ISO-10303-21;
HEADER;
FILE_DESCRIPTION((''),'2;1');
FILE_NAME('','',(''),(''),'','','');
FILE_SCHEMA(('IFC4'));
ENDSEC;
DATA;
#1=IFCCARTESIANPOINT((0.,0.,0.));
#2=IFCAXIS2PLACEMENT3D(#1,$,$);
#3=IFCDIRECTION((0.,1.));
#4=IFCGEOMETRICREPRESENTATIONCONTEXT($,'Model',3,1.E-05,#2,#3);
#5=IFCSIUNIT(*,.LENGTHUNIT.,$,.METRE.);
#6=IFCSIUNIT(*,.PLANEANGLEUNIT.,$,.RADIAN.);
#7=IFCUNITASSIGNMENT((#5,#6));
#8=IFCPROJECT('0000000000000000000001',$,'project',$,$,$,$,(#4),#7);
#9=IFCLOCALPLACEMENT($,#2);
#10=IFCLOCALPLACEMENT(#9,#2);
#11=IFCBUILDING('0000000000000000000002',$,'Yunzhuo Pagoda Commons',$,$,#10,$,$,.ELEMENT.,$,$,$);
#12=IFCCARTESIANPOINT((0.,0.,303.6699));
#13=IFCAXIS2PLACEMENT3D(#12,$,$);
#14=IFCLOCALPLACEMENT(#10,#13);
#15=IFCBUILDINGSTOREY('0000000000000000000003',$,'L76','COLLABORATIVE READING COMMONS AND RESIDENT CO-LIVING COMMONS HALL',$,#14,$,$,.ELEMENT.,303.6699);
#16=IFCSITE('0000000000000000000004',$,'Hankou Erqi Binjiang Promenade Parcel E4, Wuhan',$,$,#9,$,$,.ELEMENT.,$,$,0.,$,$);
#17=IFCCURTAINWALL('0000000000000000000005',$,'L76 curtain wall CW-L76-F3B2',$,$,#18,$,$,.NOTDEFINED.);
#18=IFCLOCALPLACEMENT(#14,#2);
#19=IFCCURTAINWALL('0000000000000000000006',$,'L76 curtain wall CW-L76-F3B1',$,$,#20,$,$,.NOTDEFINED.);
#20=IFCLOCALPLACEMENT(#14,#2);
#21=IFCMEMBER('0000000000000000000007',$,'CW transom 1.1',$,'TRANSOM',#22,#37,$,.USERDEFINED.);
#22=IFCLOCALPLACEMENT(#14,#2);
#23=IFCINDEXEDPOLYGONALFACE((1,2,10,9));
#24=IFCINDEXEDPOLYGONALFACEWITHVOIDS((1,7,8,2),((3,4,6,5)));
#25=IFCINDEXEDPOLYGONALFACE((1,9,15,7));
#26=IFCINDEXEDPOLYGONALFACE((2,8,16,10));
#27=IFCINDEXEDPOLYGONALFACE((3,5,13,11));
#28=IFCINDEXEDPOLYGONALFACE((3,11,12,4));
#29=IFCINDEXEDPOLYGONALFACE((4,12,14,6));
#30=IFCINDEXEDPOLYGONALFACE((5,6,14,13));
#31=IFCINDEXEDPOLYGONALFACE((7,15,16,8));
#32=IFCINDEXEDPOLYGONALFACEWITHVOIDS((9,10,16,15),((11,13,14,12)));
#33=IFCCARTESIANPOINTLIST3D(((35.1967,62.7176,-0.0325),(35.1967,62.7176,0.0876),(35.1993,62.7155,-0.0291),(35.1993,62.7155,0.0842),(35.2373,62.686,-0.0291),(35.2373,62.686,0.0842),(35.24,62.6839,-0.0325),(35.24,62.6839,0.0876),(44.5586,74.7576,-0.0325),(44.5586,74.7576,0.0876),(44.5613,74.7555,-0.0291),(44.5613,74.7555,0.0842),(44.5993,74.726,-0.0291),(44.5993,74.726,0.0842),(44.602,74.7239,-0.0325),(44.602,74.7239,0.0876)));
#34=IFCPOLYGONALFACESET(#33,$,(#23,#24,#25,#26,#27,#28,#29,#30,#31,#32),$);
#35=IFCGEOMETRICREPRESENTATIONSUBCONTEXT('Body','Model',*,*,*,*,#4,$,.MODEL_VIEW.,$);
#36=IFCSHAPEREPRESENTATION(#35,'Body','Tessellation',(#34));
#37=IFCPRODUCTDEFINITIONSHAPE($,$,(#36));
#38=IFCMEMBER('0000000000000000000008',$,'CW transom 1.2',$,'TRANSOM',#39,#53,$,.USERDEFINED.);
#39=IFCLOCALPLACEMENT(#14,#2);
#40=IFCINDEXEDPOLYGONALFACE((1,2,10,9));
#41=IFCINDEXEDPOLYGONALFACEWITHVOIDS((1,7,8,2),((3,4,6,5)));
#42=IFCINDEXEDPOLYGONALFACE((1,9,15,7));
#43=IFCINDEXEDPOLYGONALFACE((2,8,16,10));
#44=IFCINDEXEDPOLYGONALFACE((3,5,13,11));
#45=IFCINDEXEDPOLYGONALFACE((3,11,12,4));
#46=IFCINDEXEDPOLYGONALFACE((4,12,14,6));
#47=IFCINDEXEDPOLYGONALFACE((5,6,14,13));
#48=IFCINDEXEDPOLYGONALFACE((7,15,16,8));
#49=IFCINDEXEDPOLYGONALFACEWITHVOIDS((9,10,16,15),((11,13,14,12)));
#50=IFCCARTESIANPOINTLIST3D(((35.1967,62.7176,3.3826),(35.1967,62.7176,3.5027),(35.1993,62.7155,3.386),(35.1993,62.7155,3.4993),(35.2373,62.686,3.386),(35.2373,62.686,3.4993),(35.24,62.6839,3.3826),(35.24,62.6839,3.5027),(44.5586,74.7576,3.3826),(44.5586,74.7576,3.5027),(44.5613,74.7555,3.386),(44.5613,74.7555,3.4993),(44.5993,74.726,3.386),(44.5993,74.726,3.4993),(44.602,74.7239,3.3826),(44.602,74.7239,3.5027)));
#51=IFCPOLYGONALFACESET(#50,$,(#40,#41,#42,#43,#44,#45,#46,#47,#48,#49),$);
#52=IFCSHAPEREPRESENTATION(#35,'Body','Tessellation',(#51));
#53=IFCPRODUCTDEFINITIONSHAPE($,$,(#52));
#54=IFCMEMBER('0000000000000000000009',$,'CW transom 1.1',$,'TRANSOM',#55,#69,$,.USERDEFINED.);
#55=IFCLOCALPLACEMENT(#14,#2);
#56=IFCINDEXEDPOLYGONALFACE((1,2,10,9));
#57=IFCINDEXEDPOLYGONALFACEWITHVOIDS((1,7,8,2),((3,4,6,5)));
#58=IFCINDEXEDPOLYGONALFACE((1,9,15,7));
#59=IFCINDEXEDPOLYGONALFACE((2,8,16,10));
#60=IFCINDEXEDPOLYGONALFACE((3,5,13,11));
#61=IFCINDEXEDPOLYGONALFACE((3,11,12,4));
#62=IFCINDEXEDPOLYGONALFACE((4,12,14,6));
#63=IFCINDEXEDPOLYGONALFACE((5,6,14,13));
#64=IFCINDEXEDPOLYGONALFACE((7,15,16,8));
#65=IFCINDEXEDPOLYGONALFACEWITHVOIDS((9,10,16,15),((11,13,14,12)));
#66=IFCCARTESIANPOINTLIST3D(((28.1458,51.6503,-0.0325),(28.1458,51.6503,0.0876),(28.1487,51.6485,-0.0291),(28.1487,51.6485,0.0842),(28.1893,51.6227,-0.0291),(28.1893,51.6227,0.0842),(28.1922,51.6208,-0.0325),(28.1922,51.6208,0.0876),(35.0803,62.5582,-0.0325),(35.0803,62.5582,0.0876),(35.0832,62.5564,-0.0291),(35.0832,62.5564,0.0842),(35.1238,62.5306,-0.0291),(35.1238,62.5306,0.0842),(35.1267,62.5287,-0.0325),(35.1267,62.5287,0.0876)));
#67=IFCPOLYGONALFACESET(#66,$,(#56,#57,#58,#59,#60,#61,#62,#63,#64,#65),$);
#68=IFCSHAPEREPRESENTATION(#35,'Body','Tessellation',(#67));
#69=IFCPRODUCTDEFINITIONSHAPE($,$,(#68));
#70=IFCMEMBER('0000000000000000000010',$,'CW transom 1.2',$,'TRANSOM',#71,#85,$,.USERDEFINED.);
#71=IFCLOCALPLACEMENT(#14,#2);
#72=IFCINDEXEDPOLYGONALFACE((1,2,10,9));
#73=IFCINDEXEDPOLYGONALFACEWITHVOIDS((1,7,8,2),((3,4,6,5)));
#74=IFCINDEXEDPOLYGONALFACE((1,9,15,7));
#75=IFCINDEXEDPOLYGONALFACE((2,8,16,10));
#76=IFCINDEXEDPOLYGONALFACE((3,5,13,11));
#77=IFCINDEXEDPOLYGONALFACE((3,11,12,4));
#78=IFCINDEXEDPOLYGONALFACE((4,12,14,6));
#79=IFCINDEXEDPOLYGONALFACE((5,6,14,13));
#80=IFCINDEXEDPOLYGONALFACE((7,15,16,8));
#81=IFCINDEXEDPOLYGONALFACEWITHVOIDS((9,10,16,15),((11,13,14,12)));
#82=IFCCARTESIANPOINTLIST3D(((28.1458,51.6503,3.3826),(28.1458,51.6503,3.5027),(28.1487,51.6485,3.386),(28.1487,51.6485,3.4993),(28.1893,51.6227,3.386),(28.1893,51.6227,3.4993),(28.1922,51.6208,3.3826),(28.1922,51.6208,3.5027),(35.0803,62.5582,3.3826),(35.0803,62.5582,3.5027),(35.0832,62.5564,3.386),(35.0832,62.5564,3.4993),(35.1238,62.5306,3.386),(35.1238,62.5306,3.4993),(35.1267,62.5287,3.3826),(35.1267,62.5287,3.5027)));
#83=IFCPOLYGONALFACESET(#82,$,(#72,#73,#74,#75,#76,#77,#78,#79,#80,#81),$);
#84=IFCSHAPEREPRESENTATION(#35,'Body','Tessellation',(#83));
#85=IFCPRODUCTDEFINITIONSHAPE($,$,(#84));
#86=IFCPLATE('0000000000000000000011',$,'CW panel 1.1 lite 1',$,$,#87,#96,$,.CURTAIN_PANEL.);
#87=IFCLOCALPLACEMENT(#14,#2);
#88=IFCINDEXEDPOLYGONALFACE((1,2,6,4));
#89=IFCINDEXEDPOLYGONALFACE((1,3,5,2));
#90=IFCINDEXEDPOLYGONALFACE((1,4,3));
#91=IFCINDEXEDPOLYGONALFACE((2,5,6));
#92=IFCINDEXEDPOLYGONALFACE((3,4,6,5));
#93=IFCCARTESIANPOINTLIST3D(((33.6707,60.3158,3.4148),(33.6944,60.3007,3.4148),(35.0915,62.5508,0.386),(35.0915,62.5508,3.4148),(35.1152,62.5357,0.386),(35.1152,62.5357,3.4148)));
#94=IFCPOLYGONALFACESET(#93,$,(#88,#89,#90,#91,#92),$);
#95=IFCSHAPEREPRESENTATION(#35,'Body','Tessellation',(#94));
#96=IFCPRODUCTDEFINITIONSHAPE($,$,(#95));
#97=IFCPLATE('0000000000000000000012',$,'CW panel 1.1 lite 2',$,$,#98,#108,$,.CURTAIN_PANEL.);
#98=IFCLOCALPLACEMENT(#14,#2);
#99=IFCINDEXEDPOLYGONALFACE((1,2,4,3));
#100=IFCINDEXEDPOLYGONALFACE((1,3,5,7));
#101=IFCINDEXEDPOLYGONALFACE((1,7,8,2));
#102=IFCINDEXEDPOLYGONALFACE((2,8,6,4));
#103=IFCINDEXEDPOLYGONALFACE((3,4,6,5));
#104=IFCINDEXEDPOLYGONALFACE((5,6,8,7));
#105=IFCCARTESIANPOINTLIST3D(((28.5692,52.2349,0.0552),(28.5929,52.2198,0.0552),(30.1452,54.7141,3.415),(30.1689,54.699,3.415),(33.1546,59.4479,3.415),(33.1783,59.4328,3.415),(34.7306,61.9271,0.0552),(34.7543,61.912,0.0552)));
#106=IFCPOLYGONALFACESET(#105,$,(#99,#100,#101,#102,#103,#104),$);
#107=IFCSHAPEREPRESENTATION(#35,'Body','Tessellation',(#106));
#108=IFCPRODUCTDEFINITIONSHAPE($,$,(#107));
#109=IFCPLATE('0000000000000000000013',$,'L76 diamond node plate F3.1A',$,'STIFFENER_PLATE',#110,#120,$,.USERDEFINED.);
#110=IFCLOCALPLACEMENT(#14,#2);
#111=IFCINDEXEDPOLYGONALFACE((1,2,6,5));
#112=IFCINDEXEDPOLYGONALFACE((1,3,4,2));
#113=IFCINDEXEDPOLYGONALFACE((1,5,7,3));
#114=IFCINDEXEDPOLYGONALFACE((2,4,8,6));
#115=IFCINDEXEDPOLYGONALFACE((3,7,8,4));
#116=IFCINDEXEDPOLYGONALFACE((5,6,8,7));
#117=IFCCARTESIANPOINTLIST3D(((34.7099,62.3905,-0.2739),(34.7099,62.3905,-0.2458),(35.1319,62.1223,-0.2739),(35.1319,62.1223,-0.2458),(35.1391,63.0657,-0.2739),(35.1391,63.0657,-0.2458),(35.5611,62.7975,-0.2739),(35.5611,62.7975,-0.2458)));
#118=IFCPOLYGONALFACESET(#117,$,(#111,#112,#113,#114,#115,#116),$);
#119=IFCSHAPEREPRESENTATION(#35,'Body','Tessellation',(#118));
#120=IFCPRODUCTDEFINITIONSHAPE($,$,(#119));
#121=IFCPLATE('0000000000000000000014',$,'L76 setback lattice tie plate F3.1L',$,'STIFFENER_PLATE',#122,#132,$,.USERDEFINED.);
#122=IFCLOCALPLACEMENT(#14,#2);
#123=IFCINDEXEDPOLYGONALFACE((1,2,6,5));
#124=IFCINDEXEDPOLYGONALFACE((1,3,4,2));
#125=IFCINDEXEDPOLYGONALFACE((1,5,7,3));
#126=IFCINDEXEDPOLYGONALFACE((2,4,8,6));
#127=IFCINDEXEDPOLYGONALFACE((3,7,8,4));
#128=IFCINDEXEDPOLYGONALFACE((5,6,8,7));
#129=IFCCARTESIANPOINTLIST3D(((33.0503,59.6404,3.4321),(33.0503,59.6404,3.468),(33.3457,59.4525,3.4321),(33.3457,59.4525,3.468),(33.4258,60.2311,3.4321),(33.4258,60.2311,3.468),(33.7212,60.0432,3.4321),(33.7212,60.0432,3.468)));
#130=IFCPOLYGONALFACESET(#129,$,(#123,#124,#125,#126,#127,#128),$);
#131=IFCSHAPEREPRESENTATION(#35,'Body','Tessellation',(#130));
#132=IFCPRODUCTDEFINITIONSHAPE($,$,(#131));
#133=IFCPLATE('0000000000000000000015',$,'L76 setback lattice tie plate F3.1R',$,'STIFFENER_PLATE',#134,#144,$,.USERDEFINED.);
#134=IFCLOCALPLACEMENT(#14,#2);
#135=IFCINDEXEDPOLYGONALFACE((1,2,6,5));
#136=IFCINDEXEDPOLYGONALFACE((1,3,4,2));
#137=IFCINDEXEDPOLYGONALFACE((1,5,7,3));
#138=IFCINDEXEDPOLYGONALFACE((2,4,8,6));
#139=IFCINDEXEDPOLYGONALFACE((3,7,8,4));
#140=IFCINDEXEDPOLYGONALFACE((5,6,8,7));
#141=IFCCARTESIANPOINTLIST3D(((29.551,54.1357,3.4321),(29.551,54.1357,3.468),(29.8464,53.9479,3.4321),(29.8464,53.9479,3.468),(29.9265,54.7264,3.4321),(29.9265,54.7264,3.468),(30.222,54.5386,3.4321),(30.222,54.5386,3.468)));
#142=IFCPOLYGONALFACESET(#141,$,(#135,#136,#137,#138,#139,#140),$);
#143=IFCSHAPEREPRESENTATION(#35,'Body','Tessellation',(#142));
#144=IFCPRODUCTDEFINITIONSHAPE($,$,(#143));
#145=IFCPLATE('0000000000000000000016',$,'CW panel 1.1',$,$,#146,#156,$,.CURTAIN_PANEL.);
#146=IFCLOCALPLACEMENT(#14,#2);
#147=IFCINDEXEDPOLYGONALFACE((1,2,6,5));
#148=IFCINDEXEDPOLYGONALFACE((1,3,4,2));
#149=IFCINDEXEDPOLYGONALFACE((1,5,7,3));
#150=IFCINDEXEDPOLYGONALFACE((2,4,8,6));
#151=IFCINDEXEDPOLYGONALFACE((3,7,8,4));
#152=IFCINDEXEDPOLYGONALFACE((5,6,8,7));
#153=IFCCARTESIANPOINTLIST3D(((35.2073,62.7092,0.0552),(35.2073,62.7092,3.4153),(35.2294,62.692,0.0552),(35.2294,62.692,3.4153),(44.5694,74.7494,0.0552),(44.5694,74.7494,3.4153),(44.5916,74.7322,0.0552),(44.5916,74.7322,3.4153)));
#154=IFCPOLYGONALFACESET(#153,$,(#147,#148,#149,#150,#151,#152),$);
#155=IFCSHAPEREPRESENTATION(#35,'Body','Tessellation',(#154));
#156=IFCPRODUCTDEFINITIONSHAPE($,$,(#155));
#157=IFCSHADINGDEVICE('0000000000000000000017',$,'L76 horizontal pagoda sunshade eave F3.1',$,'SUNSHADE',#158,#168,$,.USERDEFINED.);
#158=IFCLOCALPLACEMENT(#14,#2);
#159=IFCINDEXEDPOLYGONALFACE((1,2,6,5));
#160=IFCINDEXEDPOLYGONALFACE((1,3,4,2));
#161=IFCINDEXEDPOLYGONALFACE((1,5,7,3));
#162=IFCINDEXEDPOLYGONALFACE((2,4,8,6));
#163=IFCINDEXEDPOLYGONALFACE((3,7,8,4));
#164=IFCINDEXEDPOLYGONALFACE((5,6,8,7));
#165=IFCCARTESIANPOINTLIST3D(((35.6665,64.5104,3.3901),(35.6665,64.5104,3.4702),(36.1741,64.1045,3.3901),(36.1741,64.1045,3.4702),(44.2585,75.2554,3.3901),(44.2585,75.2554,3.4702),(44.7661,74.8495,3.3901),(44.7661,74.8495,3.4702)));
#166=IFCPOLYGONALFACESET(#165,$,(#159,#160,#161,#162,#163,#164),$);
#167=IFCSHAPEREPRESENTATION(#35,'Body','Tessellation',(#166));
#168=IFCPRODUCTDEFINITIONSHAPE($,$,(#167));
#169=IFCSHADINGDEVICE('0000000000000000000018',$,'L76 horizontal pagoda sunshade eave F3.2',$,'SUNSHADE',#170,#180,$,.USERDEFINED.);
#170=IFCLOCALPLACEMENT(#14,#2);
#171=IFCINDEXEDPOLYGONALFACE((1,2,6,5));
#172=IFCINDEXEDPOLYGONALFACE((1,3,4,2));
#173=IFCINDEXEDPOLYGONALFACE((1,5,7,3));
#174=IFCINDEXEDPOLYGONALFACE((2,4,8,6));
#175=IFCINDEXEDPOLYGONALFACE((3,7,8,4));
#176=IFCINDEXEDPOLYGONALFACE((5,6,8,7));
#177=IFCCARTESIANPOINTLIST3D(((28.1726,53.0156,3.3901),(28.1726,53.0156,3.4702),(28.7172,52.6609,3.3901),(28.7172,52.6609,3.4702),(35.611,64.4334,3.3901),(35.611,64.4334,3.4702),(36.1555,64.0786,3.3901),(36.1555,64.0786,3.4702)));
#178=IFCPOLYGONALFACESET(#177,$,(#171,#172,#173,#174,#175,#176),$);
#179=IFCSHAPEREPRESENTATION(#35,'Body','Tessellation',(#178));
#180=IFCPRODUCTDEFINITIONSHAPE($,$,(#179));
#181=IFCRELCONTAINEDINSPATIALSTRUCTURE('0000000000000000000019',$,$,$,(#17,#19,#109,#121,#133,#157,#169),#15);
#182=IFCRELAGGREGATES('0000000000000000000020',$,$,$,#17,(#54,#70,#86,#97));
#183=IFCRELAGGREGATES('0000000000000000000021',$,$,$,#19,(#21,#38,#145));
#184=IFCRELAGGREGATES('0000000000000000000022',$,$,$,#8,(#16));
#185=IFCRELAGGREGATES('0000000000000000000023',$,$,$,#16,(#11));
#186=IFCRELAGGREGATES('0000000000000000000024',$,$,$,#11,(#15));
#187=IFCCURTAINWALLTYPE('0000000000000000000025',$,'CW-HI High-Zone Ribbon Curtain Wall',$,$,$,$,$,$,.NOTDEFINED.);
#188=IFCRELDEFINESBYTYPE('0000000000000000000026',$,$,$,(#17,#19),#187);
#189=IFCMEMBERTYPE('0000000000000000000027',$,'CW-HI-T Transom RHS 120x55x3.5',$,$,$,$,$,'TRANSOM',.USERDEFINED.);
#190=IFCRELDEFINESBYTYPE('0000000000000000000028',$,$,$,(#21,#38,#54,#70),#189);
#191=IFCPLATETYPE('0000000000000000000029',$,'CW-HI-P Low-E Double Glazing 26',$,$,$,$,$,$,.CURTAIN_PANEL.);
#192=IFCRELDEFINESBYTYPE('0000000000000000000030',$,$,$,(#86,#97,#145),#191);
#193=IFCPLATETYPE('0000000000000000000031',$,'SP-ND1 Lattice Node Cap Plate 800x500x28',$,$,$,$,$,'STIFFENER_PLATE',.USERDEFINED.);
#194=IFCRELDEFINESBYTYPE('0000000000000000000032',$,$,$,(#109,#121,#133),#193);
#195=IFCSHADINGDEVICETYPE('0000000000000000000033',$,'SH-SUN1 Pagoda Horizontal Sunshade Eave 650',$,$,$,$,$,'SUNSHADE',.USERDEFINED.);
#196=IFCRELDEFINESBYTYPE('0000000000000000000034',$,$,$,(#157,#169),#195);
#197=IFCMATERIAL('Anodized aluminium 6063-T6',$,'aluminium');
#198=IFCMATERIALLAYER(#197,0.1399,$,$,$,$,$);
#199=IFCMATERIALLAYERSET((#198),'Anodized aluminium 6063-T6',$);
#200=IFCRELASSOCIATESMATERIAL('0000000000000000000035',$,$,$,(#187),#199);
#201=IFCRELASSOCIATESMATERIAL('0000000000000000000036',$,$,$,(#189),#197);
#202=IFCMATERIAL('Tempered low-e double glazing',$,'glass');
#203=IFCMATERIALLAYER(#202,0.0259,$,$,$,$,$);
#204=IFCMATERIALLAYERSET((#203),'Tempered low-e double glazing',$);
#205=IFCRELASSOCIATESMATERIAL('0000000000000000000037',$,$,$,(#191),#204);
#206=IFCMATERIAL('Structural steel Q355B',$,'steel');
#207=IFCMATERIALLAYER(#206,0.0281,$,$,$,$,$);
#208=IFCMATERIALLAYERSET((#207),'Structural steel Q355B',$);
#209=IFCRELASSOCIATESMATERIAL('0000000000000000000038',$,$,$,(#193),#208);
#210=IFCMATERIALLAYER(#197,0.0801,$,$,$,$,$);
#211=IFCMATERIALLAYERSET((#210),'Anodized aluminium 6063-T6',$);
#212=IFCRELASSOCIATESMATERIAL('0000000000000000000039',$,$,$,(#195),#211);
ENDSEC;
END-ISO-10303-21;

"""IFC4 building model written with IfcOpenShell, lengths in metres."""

from ifc_helpers import new_model, si_unit, direction, frame, origin, origin_2d, place, context, subcontext, project, spatial, polyline, rectangle, hollow_rectangle, outline, extrude, source, transform, mapped, material, layer, layer_set, material_profile, profile_set, type_object, element, aggregate, save


model = new_model("IFC4")

# Units and contexts
model_context = context("Model", 3, precision=1e-05, world=origin(), true_north=direction((0.0, 1.0)))
body_context = subcontext(model_context, "Body", "Model", "MODEL_VIEW")
ifc_project = project(units=[si_unit("LENGTHUNIT", "METRE"), si_unit("PLANEANGLEUNIT", "RADIAN")], contexts=[model_context])

# Site, building, storey
site_placement = place(None, origin())
site = spatial("IfcSite", under=ifc_project, at=site_placement, Name="Hankou Erqi Binjiang Promenade Parcel E4, Wuhan", CompositionType="ELEMENT", RefElevation=0.0)
building_placement = place(site_placement, origin())
building = spatial("IfcBuilding", under=site, at=building_placement, Name="Yunzhuo Pagoda Commons", CompositionType="ELEMENT")
storey_placement = place(building_placement, frame((0.0, 0.0, 303.6699)))
storey = spatial("IfcBuildingStorey", under=building, at=storey_placement, Name="L76", Description="COLLABORATIVE READING COMMONS AND RESIDENT CO-LIVING COMMONS HALL", CompositionType="ELEMENT", Elevation=303.6699)

# Shared definitions
ifc_material_1 = material(Name="Structural steel Q355B", Category="steel")

# Curtain wall
ifc_material_2 = material(Name="Anodized aluminium 6063-T6", Category="aluminium")
ifc_layer_1 = layer(ifc_material_2, 0.1399)
ifc_layer_set_1 = layer_set([ifc_layer_1], Name="Anodized aluminium 6063-T6")
curtain_wall_type = type_object("IfcCurtainWallType", Name="CW-HI High-Zone Ribbon Curtain Wall", PredefinedType="NOTDEFINED", material=ifc_layer_set_1)
curtain_wall_1_placement = place(storey_placement, origin())
curtain_wall_1 = element("IfcCurtainWall", 1, at=curtain_wall_1_placement, inside=storey, type_object=curtain_wall_type, Name="L76 curtain wall CW-L76-F3B2", PredefinedType="NOTDEFINED")

# Curtain wall, members
curtain_wall_2_placement = place(storey_placement, origin())
curtain_wall_2 = element("IfcCurtainWall", 2, at=curtain_wall_2_placement, inside=storey, type_object=curtain_wall_type, Name="L76 curtain wall CW-L76-F3B1", PredefinedType="NOTDEFINED")
ifc_material_profile_1 = material_profile(ifc_material_2, hollow_rectangle(XDim=0.0549, YDim=0.1201, WallThickness=0.0034, at=origin_2d()), Name="Anodized aluminium 6063-T6")
ifc_profile_set_1 = profile_set([ifc_material_profile_1], Name="Anodized aluminium 6063-T6")
member_type_1 = type_object("IfcMemberType", Name="CW-HI-T Transom RHS 120x55x3.5", ElementType="TRANSOM", PredefinedType="USERDEFINED", material=ifc_profile_set_1)
shared_shape_1 = source(origin(), body_context, "Body", "SweptSolid", [
    extrude(hollow_rectangle(XDim=0.0549, YDim=0.1201, WallThickness=0.0034, at=origin_2d()), origin(), (0.0, 0.0, 1.0), 15.2515),
])
member_1_placement = place(storey_placement, frame((44.5803, 74.7407, 0.0276), z_axis=(-0.613842, -0.789429, 0.0), x_axis=(0.789429, -0.613842, 0.0)))
member_1 = element("IfcMember", 3, at=member_1_placement, type_object=member_type_1, Name="CW transom 1.1", ObjectType="TRANSOM", PredefinedType="USERDEFINED", context=body_context, shape_type="MappedRepresentation", body=[
    mapped(shared_shape_1, transform((0.0, 0.0, 0.0), scale=1.0)),
])
member_2_placement = place(storey_placement, frame((44.5803, 74.7407, 3.4426), z_axis=(-0.613842, -0.789429, 0.0), x_axis=(0.789429, -0.613842, 0.0)))
member_2 = element("IfcMember", 4, at=member_2_placement, type_object=member_type_1, Name="CW transom 1.2", ObjectType="TRANSOM", PredefinedType="USERDEFINED", context=body_context, shape_type="MappedRepresentation", body=[
    mapped(shared_shape_1, transform((0.0, 0.0, 0.0), scale=1.0)),
])

# Members
shared_shape_2 = source(origin(), body_context, "Body", "SweptSolid", [
    extrude(hollow_rectangle(XDim=0.0549, YDim=0.1201, WallThickness=0.0034, at=origin_2d()), origin(), (0.0, 0.0, 1.0), 12.9255),
])
member_3_placement = place(storey_placement, frame((35.1035, 62.5435, 0.0276), z_axis=(-0.536498, -0.843902, 0.0), x_axis=(0.843902, -0.536498, 0.0)))
member_3 = element("IfcMember", 5, at=member_3_placement, type_object=member_type_1, Name="CW transom 1.1", ObjectType="TRANSOM", PredefinedType="USERDEFINED", context=body_context, shape_type="MappedRepresentation", body=[
    mapped(shared_shape_2, transform((0.0, 0.0, 0.0), scale=1.0)),
])
member_4_placement = place(storey_placement, frame((35.1035, 62.5435, 3.4426), z_axis=(-0.536498, -0.843902, 0.0), x_axis=(0.843902, -0.536498, 0.0)))
member_4 = element("IfcMember", 6, at=member_4_placement, type_object=member_type_1, Name="CW transom 1.2", ObjectType="TRANSOM", PredefinedType="USERDEFINED", context=body_context, shape_type="MappedRepresentation", body=[
    mapped(shared_shape_2, transform((0.0, 0.0, 0.0), scale=1.0)),
])

# Plates
ifc_material_3 = material(Name="Tempered low-e double glazing", Category="glass")
ifc_layer_2 = layer(ifc_material_3, 0.0259)
ifc_layer_set_2 = layer_set([ifc_layer_2], Name="Tempered low-e double glazing")
plate_type_1 = type_object("IfcPlateType", Name="CW-HI-P Low-E Double Glazing 26", PredefinedType="CURTAIN_PANEL", material=ifc_layer_set_2)
plate_1_placement = place(storey_placement, frame((34.4048, 61.4182, 1.9004), z_axis=(-0.84391, 0.536485, 0.0), x_axis=(-0.536485, -0.84391, 0.0)))
plate_1 = element("IfcPlate", 7, at=plate_1_placement, type_object=plate_type_1, Name="CW panel 1.1 lite 1", PredefinedType="CURTAIN_PANEL", context=body_context, shape_type="SweptSolid", body=[
    extrude(outline(polyline([(-1.3242, -1.5144), (1.3242, 1.5144), (-1.3242, 1.5144), (-1.3242, -1.5144)])), origin(), (0.0, 0.0, 1.0), 0.0281),
])
plate_2_placement = place(storey_placement, frame((31.6736, 57.0659, 1.7351), z_axis=(-0.84391, 0.536485, 0.0), x_axis=(-0.536485, -0.84391, 0.0)))
plate_2 = element("IfcPlate", 8, at=plate_2_placement, type_object=plate_type_1, Name="CW panel 1.1 lite 2", PredefinedType="CURTAIN_PANEL", context=body_context, shape_type="SweptSolid", body=[
    extrude(outline(polyline([(-5.7424, -1.6799), (5.7424, -1.6799), (2.8047, 1.6799), (-2.8047, 1.6799), (-5.7424, -1.6799)])), origin(), (0.0, 0.0, 1.0), 0.0281),
])
aggregate(curtain_wall_1, [member_3, member_4, plate_1, plate_2])

# Plates
ifc_layer_3 = layer(ifc_material_1, 0.0281)
ifc_layer_set_3 = layer_set([ifc_layer_3], Name="Structural steel Q355B")
plate_type_2 = type_object("IfcPlateType", Name="SP-ND1 Lattice Node Cap Plate 800x500x28", ElementType="STIFFENER_PLATE", PredefinedType="USERDEFINED", material=ifc_layer_set_3)
shared_shape_3 = source(origin(), body_context, "Body", "SweptSolid", [
    extrude(rectangle(XDim=0.8, YDim=0.5, at=origin_2d()), origin(), (0.0, 0.0, 1.0), 0.0281),
])
plate_3_placement = place(storey_placement, frame((35.1355, 62.594, -0.2739), z_axis=(0.0, 0.0, 1.0), x_axis=(-0.53649, -0.843907, 0.0)))
element("IfcPlate", 9, at=plate_3_placement, inside=storey, type_object=plate_type_2, Name="L76 diamond node plate F3.1A", ObjectType="STIFFENER_PLATE", PredefinedType="USERDEFINED", context=body_context, shape_type="MappedRepresentation", body=[
    mapped(shared_shape_3, transform((0.0, 0.0, 0.0), scale=1.0)),
])
shared_shape_4 = source(origin(), body_context, "Body", "SweptSolid", [
    extrude(rectangle(XDim=0.7, YDim=0.3501, at=origin_2d()), origin(), (0.0, 0.0, 1.0), 0.0359),
])
for number, where, z_axis, x_axis, name in (
    (10, (33.3857, 59.8418, 3.4321), (0.0, 0.0, 1.0), (-0.53649, -0.843907, 0.0), "L76 setback lattice tie plate F3.1L"),
    (11, (29.8865, 54.3372, 3.4321), (0.0, 0.0, 1.0), (-0.53649, -0.843907, 0.0), "L76 setback lattice tie plate F3.1R"),
):
    element("IfcPlate", number, at=place(storey_placement, frame(where, z_axis=z_axis, x_axis=x_axis)), inside=storey, type_object=plate_type_2, Name=name, ObjectType="STIFFENER_PLATE", PredefinedType="USERDEFINED", context=body_context, shape_type="MappedRepresentation", body=[
        mapped(shared_shape_4, transform((0.0, 0.0, 0.0), scale=1.0)),
    ])

# Plate
shared_shape_5 = source(origin(), body_context, "Body", "SweptSolid", [
    extrude(rectangle(XDim=15.2517, YDim=0.0281, at=origin_2d()), origin(), (0.0, 0.0, 1.0), 3.3601),
])
plate_4_placement = place(storey_placement, frame((39.8994, 68.7207, 0.0552), z_axis=(0.0, 0.0, 1.0), x_axis=(-0.61384, -0.78943, 0.0)))
plate_4 = element("IfcPlate", 12, at=plate_4_placement, type_object=plate_type_1, Name="CW panel 1.1", PredefinedType="CURTAIN_PANEL", context=body_context, shape_type="MappedRepresentation", body=[
    mapped(shared_shape_5, transform((0.0, 0.0, 0.0), scale=1.0)),
])
aggregate(curtain_wall_2, [member_1, member_2, plate_4])

# Shading devices
ifc_layer_4 = layer(ifc_material_2, 0.0801)
ifc_layer_set_4 = layer_set([ifc_layer_4], Name="Anodized aluminium 6063-T6")
shading_device_type = type_object("IfcShadingDeviceType", Name="SH-SUN1 Pagoda Horizontal Sunshade Eave 650", ElementType="SUNSHADE", PredefinedType="USERDEFINED", material=ifc_layer_set_4)
shared_shape_6 = source(origin(), body_context, "Body", "SweptSolid", [
    extrude(rectangle(XDim=13.7578, YDim=0.6499, at=origin_2d()), origin(), (0.0, 0.0, 1.0), 0.0801),
])
shading_device_1_placement = place(storey_placement, frame((40.2163, 69.6799, 3.3901), z_axis=(0.0, 0.0, 1.0), x_axis=(-0.62452, -0.781008, 0.0)))
element("IfcShadingDevice", 13, at=shading_device_1_placement, inside=storey, type_object=shading_device_type, Name="L76 horizontal pagoda sunshade eave F3.1", ObjectType="SUNSHADE", PredefinedType="USERDEFINED", context=body_context, shape_type="MappedRepresentation", body=[
    mapped(shared_shape_6, transform((0.0, 0.0, 0.0), scale=1.0)),
])
shared_shape_7 = source(origin(), body_context, "Body", "SweptSolid", [
    extrude(rectangle(XDim=13.627, YDim=0.6499, at=origin_2d()), origin(), (0.0, 0.0, 1.0), 0.0801),
])
shading_device_2_placement = place(storey_placement, frame((32.1641, 58.5471, 3.3901), z_axis=(0.0, 0.0, 1.0), x_axis=(-0.545853, -0.837881, 0.0)))
element("IfcShadingDevice", 14, at=shading_device_2_placement, inside=storey, type_object=shading_device_type, Name="L76 horizontal pagoda sunshade eave F3.2", ObjectType="SUNSHADE", PredefinedType="USERDEFINED", context=body_context, shape_type="MappedRepresentation", body=[
    mapped(shared_shape_7, transform((0.0, 0.0, 0.0), scale=1.0)),
])

save(model, "model.ifc")
